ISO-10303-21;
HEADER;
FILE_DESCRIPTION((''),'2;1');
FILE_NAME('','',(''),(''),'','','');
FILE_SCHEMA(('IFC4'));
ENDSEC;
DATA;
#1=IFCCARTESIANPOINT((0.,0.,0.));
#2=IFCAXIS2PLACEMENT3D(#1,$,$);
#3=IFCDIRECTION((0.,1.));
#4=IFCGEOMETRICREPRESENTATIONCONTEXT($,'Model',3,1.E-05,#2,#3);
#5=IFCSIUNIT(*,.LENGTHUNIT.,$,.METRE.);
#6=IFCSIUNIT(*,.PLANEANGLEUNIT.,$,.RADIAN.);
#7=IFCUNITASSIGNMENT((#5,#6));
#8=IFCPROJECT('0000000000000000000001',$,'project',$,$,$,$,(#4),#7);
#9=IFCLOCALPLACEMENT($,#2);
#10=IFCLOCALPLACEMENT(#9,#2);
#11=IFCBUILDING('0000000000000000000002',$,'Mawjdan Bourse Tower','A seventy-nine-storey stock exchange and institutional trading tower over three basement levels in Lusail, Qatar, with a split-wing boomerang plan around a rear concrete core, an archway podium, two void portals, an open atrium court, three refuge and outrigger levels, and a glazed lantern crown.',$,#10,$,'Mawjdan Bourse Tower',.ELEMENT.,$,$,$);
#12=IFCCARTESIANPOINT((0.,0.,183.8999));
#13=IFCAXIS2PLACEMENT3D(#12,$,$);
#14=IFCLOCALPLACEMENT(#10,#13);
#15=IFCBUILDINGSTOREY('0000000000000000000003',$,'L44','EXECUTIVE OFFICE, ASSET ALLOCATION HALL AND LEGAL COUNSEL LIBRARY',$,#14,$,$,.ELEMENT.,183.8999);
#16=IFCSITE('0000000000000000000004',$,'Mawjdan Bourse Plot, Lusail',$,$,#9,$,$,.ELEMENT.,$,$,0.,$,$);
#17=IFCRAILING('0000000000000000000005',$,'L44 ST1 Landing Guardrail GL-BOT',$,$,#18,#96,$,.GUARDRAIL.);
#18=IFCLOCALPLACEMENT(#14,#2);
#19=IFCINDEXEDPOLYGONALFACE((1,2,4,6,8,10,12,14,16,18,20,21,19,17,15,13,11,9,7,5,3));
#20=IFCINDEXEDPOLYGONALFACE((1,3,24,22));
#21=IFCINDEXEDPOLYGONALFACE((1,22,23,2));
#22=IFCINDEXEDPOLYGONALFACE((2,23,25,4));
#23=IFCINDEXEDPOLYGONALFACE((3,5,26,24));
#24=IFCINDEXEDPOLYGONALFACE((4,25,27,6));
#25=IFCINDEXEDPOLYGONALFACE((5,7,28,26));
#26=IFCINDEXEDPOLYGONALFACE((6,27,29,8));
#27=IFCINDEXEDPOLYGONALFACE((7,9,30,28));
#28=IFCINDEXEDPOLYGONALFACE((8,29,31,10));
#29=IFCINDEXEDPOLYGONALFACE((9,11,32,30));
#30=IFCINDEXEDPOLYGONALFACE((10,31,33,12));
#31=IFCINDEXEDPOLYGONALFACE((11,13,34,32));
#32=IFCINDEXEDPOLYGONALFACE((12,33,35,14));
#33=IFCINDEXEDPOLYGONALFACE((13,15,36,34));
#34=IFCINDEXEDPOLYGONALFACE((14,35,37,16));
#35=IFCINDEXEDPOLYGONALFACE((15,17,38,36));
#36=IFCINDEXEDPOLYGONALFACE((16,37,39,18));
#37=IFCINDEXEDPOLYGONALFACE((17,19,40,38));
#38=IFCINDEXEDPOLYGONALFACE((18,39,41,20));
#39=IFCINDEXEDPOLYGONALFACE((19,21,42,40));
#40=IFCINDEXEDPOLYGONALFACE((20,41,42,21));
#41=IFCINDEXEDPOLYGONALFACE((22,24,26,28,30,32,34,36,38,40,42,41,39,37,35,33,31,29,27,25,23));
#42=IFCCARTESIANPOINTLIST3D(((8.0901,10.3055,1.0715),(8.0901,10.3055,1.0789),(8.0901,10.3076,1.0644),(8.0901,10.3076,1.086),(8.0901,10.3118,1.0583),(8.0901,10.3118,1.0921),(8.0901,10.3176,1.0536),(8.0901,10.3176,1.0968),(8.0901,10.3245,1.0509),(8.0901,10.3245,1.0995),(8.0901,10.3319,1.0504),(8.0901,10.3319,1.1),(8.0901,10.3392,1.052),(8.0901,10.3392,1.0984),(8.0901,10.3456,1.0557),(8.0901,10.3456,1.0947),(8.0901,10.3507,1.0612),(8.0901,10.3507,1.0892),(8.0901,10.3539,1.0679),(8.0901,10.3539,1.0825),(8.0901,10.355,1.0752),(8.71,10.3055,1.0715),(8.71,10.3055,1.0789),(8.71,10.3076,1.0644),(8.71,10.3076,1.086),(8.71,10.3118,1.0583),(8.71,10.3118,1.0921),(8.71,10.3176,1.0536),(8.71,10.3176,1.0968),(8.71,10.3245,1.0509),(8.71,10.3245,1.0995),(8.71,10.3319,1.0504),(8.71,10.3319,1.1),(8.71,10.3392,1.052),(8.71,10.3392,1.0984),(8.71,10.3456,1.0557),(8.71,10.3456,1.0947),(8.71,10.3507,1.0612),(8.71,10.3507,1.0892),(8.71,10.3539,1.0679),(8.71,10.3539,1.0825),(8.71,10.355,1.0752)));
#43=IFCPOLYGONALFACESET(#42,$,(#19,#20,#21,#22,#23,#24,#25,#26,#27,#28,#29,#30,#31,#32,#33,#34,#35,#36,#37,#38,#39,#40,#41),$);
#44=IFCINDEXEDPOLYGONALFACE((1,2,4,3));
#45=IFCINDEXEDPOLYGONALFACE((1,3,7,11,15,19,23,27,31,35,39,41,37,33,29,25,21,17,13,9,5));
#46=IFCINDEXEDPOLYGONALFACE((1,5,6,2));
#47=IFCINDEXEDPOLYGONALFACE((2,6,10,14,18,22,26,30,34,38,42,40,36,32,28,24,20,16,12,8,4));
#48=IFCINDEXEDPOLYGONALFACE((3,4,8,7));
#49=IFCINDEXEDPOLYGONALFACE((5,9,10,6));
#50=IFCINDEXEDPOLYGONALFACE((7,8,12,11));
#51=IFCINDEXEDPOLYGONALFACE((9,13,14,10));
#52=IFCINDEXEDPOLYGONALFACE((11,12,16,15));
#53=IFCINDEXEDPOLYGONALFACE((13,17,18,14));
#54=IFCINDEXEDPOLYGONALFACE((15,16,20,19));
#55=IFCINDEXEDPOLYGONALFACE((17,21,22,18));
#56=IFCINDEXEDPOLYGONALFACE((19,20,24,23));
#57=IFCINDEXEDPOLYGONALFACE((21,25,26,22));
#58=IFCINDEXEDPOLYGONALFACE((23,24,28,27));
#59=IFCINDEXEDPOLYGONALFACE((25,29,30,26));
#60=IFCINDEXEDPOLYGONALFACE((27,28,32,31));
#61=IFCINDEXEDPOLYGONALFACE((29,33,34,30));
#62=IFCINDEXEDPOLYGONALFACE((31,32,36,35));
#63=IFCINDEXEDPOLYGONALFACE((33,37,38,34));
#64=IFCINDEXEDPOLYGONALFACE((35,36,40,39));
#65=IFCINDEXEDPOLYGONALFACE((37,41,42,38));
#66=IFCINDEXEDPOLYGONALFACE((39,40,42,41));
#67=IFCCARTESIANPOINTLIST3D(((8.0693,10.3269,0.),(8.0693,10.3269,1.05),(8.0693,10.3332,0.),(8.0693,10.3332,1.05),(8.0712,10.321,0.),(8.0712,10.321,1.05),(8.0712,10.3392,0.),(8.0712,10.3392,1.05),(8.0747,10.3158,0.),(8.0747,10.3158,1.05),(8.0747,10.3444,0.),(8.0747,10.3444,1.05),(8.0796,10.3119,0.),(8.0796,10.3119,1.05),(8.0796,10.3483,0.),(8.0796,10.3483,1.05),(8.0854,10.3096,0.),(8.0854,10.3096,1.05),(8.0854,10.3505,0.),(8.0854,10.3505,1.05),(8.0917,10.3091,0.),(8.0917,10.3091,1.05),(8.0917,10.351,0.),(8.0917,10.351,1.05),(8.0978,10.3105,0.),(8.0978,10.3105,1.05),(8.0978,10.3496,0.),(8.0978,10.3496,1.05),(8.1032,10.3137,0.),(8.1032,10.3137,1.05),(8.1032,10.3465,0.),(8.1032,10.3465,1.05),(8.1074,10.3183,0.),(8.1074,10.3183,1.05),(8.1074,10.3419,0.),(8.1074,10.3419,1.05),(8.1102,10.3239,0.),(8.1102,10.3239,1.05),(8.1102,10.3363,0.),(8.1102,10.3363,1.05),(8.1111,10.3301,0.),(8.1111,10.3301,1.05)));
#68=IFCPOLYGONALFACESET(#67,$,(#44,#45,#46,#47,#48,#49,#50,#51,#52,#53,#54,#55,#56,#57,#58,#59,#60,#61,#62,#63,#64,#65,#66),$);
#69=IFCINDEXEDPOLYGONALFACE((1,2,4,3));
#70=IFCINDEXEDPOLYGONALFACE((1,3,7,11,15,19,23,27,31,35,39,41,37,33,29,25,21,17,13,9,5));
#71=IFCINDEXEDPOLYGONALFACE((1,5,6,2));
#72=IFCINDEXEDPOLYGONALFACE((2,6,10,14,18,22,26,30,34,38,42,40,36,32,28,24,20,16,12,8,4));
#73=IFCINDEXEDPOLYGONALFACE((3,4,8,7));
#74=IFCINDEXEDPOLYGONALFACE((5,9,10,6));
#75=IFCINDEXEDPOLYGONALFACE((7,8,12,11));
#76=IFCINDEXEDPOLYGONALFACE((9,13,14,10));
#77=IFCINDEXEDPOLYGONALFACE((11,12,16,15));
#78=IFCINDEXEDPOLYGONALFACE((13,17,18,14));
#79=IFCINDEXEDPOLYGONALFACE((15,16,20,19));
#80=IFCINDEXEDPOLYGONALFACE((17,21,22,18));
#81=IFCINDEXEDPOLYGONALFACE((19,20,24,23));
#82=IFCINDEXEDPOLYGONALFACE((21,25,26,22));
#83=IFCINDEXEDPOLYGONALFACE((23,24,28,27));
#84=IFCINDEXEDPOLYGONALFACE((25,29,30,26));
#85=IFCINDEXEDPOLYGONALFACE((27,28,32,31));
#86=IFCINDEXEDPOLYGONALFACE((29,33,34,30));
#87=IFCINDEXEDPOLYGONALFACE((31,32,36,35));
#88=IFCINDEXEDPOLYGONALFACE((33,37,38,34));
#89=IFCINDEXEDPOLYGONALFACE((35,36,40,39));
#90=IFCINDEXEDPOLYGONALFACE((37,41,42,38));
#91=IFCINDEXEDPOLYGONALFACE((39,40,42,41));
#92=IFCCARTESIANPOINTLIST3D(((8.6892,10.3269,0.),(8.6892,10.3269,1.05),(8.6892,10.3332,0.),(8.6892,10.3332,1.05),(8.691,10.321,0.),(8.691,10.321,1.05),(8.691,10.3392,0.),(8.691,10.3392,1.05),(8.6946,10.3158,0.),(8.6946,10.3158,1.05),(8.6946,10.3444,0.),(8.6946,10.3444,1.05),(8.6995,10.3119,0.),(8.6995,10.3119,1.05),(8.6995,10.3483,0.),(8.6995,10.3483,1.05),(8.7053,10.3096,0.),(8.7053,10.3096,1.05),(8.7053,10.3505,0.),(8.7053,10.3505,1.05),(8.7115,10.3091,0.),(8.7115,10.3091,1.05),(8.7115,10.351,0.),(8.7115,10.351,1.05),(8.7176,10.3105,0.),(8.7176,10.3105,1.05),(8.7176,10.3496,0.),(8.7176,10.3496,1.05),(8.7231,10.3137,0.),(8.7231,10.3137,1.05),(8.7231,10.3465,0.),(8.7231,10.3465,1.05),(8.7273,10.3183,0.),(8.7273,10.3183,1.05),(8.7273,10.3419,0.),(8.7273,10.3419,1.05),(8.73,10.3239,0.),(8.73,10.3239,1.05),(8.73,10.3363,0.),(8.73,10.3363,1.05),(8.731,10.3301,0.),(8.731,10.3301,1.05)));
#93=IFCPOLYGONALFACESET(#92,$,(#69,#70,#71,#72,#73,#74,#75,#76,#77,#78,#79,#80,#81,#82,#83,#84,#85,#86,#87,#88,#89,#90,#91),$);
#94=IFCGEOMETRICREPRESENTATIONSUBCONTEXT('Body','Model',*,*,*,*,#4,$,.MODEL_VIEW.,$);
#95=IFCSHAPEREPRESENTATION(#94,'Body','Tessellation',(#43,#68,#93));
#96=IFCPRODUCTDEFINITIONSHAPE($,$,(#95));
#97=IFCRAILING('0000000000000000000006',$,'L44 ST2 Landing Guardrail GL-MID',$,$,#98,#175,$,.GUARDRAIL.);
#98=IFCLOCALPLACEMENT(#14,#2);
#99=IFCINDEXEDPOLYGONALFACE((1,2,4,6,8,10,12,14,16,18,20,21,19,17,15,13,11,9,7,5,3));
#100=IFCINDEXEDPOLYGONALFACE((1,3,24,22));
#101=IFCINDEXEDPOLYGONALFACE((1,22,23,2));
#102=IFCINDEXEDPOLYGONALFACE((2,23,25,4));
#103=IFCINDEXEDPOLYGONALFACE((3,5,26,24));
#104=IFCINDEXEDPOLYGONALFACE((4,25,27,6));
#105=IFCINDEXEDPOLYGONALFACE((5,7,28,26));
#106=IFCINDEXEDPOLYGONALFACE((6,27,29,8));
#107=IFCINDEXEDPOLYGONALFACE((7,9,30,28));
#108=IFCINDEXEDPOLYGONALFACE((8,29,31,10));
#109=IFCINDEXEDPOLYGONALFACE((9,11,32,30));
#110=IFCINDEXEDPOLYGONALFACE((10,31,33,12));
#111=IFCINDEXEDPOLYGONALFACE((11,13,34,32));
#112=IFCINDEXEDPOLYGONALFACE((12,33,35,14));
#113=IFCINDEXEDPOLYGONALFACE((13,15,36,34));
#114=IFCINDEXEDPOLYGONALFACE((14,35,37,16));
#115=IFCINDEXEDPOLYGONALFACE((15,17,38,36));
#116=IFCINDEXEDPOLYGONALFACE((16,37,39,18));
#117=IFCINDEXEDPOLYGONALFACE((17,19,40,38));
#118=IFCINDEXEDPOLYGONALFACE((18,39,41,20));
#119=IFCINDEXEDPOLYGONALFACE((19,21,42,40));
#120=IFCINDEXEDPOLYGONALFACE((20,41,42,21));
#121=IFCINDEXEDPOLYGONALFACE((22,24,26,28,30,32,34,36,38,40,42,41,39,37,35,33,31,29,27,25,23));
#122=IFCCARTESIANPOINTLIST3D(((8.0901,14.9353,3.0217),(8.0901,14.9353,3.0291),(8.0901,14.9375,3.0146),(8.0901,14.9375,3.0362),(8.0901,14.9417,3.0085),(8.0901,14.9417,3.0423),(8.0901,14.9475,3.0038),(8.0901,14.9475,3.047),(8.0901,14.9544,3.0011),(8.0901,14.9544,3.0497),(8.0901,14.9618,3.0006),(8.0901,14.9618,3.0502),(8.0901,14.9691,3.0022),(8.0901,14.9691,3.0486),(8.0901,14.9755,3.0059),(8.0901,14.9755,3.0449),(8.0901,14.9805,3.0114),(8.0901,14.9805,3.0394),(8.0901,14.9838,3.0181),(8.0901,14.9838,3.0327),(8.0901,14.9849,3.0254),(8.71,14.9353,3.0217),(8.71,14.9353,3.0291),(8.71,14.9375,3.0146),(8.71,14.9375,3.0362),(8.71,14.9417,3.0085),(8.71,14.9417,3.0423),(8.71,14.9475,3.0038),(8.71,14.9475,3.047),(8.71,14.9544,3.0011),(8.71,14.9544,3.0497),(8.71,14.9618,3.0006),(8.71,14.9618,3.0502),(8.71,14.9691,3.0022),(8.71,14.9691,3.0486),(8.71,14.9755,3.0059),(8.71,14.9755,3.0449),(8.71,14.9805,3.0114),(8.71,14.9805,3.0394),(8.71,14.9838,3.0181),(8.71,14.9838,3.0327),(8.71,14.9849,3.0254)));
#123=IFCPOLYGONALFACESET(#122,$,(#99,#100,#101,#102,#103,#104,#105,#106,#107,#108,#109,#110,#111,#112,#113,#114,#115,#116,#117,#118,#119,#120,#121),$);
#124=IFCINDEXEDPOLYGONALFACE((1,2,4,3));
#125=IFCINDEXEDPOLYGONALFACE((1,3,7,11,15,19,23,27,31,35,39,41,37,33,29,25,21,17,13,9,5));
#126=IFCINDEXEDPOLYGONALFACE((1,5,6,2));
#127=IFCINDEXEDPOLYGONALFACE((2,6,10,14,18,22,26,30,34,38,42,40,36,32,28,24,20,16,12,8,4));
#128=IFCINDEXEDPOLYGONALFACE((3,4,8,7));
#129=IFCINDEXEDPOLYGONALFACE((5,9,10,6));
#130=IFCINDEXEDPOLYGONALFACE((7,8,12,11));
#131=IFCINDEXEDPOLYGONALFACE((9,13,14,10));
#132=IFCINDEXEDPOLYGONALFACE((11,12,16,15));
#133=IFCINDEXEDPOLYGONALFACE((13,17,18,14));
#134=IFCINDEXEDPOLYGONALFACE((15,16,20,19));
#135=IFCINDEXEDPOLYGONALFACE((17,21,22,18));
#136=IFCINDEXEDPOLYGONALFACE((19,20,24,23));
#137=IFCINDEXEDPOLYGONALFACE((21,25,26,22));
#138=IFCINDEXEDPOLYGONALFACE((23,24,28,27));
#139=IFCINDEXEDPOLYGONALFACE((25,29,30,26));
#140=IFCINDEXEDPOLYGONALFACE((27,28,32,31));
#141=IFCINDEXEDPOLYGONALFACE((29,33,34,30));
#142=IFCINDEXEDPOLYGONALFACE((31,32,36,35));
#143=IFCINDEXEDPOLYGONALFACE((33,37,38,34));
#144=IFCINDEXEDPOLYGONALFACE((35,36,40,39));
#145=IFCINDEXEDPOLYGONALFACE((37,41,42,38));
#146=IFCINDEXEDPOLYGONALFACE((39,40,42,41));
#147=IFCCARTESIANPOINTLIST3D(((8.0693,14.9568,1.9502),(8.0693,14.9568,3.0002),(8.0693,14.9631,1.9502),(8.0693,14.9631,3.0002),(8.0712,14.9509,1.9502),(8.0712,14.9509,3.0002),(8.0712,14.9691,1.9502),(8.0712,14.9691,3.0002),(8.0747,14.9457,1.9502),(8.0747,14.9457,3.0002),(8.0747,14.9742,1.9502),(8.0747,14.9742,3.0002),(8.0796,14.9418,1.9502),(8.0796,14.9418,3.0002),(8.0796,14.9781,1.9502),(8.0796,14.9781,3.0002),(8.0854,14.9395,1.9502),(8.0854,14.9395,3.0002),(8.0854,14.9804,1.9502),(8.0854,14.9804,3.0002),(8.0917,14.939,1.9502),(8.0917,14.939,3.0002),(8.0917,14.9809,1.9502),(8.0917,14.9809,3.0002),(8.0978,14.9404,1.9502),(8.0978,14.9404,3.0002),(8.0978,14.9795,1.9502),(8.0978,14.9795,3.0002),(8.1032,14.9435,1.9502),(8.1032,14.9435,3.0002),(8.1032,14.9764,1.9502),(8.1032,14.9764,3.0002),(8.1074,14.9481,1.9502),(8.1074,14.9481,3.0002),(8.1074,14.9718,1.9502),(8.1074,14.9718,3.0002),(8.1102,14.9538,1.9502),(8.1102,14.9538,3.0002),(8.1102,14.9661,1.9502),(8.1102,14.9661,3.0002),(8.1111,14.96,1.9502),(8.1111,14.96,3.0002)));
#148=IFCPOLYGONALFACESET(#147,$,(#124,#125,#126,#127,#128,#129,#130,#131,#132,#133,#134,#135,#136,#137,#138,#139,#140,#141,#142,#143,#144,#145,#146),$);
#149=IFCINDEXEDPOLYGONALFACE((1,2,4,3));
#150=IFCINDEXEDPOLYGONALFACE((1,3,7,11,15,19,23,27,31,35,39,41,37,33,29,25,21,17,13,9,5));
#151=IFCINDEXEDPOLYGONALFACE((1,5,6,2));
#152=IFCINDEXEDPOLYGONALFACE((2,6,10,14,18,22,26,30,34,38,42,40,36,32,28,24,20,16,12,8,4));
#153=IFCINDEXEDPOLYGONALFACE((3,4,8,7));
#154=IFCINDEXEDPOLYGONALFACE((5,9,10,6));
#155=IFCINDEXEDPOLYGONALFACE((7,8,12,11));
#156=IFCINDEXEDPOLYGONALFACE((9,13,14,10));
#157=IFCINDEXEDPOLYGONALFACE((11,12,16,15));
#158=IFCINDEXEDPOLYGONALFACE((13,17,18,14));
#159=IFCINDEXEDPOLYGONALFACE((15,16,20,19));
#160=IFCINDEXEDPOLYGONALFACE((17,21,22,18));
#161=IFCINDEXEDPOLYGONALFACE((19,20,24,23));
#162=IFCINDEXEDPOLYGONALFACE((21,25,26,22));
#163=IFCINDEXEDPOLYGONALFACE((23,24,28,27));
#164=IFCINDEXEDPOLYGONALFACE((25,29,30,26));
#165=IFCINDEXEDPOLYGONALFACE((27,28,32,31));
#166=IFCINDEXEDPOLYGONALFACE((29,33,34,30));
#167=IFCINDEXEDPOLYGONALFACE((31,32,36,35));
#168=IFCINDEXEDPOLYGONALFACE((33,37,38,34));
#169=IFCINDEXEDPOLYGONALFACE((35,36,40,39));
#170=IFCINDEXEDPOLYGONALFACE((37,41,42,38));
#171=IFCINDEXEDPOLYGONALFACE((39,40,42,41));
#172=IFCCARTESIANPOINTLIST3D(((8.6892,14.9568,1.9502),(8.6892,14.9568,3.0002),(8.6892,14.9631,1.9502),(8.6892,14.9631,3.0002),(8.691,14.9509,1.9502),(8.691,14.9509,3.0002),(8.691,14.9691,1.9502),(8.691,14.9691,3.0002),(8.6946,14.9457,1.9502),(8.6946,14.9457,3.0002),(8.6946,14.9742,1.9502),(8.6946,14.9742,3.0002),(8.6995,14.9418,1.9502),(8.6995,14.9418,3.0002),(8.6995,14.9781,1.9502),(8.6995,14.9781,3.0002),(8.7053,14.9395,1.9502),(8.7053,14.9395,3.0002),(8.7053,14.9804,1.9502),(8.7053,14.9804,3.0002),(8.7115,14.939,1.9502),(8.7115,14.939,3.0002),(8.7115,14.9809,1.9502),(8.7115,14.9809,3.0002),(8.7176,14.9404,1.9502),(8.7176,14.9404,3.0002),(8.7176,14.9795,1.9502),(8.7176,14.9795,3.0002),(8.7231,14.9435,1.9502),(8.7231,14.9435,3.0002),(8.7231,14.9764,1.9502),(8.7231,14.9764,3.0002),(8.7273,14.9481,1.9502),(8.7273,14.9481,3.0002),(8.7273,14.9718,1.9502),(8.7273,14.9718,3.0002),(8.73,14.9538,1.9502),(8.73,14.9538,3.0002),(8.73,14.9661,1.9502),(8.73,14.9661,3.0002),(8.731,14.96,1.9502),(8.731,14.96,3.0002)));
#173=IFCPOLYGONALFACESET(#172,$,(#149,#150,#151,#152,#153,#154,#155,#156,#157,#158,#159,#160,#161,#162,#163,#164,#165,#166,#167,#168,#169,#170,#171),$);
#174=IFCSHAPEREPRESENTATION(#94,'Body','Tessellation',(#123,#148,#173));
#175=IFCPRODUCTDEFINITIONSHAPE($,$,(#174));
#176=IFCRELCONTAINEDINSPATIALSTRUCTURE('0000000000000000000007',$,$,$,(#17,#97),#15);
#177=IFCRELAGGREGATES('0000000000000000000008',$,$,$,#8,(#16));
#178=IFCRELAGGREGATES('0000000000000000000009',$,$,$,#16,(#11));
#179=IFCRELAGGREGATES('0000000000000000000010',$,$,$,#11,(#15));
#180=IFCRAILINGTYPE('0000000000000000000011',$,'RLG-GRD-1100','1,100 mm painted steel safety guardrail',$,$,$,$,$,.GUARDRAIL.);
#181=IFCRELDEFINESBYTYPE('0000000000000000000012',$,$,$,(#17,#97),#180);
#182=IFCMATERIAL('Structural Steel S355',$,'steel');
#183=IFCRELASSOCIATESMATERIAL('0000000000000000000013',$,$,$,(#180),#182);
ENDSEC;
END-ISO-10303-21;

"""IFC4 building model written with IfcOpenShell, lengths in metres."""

from ifc_helpers import new_model, si_unit, direction, frame, origin, origin_2d, place, context, subcontext, project, spatial, circle, extrude, material, type_object, element, save


model = new_model("IFC4")

# Units and contexts
model_context = context("Model", 3, precision=1e-05, world=origin(), true_north=direction((0.0, 1.0)))
body_context = subcontext(model_context, "Body", "Model", "MODEL_VIEW")
ifc_project = project(units=[si_unit("LENGTHUNIT", "METRE"), si_unit("PLANEANGLEUNIT", "RADIAN")], contexts=[model_context])

# Site, building, storey
site_placement = place(None, origin())
site = spatial("IfcSite", under=ifc_project, at=site_placement, Name="Mawjdan Bourse Plot, Lusail", CompositionType="ELEMENT", RefElevation=0.0)
building_placement = place(site_placement, origin())
building = spatial("IfcBuilding", under=site, at=building_placement, Name="Mawjdan Bourse Tower", Description="A seventy-nine-storey stock exchange and institutional trading tower over three basement levels in Lusail, Qatar, with a split-wing boomerang plan around a rear concrete core, an archway podium, two void portals, an open atrium court, three refuge and outrigger levels, and a glazed lantern crown.", LongName="Mawjdan Bourse Tower", CompositionType="ELEMENT")
storey_placement = place(building_placement, frame((0.0, 0.0, 183.8999)))
storey = spatial("IfcBuildingStorey", under=building, at=storey_placement, Name="L44", Description="EXECUTIVE OFFICE, ASSET ALLOCATION HALL AND LEGAL COUNSEL LIBRARY", CompositionType="ELEMENT", Elevation=183.8999)

# Shared definitions
ifc_material_1 = material(Name="Structural Steel S355", Category="steel")

# Railings
railing_type_1 = type_object("IfcRailingType", Name="RLG-GRD-1100", Description="1,100 mm painted steel safety guardrail", PredefinedType="GUARDRAIL", material=ifc_material_1)
for number, where, name in (
    (1, (8.0901, 10.3301, 0.0), "L44 ST1 Landing Guardrail GL-BOT"),
    (2, (8.0901, 14.96, 1.9502), "L44 ST2 Landing Guardrail GL-MID"),
):
    element("IfcRailing", number, at=place(storey_placement, frame(where)), inside=storey, type_object=railing_type_1, Name=name, PredefinedType="GUARDRAIL", context=body_context, shape_type="SweptSolid", body=[
        extrude(circle(Radius=0.0249, at=origin_2d()), frame((0.0, 0.0, 1.0752), z_axis=(1.0, 0.0, 0.0), x_axis=(0.0, 1.0, 0.0)), (0.0, 0.0, 1.0), 0.6199),
        extrude(circle(Radius=0.021, at=origin_2d()), origin(), (0.0, 0.0, 1.0), 1.05),
        extrude(circle(Radius=0.021, at=origin_2d()), frame((0.6199, 0.0, 0.0)), (0.0, 0.0, 1.0), 1.05),
    ])

save(model, "model.ifc")
